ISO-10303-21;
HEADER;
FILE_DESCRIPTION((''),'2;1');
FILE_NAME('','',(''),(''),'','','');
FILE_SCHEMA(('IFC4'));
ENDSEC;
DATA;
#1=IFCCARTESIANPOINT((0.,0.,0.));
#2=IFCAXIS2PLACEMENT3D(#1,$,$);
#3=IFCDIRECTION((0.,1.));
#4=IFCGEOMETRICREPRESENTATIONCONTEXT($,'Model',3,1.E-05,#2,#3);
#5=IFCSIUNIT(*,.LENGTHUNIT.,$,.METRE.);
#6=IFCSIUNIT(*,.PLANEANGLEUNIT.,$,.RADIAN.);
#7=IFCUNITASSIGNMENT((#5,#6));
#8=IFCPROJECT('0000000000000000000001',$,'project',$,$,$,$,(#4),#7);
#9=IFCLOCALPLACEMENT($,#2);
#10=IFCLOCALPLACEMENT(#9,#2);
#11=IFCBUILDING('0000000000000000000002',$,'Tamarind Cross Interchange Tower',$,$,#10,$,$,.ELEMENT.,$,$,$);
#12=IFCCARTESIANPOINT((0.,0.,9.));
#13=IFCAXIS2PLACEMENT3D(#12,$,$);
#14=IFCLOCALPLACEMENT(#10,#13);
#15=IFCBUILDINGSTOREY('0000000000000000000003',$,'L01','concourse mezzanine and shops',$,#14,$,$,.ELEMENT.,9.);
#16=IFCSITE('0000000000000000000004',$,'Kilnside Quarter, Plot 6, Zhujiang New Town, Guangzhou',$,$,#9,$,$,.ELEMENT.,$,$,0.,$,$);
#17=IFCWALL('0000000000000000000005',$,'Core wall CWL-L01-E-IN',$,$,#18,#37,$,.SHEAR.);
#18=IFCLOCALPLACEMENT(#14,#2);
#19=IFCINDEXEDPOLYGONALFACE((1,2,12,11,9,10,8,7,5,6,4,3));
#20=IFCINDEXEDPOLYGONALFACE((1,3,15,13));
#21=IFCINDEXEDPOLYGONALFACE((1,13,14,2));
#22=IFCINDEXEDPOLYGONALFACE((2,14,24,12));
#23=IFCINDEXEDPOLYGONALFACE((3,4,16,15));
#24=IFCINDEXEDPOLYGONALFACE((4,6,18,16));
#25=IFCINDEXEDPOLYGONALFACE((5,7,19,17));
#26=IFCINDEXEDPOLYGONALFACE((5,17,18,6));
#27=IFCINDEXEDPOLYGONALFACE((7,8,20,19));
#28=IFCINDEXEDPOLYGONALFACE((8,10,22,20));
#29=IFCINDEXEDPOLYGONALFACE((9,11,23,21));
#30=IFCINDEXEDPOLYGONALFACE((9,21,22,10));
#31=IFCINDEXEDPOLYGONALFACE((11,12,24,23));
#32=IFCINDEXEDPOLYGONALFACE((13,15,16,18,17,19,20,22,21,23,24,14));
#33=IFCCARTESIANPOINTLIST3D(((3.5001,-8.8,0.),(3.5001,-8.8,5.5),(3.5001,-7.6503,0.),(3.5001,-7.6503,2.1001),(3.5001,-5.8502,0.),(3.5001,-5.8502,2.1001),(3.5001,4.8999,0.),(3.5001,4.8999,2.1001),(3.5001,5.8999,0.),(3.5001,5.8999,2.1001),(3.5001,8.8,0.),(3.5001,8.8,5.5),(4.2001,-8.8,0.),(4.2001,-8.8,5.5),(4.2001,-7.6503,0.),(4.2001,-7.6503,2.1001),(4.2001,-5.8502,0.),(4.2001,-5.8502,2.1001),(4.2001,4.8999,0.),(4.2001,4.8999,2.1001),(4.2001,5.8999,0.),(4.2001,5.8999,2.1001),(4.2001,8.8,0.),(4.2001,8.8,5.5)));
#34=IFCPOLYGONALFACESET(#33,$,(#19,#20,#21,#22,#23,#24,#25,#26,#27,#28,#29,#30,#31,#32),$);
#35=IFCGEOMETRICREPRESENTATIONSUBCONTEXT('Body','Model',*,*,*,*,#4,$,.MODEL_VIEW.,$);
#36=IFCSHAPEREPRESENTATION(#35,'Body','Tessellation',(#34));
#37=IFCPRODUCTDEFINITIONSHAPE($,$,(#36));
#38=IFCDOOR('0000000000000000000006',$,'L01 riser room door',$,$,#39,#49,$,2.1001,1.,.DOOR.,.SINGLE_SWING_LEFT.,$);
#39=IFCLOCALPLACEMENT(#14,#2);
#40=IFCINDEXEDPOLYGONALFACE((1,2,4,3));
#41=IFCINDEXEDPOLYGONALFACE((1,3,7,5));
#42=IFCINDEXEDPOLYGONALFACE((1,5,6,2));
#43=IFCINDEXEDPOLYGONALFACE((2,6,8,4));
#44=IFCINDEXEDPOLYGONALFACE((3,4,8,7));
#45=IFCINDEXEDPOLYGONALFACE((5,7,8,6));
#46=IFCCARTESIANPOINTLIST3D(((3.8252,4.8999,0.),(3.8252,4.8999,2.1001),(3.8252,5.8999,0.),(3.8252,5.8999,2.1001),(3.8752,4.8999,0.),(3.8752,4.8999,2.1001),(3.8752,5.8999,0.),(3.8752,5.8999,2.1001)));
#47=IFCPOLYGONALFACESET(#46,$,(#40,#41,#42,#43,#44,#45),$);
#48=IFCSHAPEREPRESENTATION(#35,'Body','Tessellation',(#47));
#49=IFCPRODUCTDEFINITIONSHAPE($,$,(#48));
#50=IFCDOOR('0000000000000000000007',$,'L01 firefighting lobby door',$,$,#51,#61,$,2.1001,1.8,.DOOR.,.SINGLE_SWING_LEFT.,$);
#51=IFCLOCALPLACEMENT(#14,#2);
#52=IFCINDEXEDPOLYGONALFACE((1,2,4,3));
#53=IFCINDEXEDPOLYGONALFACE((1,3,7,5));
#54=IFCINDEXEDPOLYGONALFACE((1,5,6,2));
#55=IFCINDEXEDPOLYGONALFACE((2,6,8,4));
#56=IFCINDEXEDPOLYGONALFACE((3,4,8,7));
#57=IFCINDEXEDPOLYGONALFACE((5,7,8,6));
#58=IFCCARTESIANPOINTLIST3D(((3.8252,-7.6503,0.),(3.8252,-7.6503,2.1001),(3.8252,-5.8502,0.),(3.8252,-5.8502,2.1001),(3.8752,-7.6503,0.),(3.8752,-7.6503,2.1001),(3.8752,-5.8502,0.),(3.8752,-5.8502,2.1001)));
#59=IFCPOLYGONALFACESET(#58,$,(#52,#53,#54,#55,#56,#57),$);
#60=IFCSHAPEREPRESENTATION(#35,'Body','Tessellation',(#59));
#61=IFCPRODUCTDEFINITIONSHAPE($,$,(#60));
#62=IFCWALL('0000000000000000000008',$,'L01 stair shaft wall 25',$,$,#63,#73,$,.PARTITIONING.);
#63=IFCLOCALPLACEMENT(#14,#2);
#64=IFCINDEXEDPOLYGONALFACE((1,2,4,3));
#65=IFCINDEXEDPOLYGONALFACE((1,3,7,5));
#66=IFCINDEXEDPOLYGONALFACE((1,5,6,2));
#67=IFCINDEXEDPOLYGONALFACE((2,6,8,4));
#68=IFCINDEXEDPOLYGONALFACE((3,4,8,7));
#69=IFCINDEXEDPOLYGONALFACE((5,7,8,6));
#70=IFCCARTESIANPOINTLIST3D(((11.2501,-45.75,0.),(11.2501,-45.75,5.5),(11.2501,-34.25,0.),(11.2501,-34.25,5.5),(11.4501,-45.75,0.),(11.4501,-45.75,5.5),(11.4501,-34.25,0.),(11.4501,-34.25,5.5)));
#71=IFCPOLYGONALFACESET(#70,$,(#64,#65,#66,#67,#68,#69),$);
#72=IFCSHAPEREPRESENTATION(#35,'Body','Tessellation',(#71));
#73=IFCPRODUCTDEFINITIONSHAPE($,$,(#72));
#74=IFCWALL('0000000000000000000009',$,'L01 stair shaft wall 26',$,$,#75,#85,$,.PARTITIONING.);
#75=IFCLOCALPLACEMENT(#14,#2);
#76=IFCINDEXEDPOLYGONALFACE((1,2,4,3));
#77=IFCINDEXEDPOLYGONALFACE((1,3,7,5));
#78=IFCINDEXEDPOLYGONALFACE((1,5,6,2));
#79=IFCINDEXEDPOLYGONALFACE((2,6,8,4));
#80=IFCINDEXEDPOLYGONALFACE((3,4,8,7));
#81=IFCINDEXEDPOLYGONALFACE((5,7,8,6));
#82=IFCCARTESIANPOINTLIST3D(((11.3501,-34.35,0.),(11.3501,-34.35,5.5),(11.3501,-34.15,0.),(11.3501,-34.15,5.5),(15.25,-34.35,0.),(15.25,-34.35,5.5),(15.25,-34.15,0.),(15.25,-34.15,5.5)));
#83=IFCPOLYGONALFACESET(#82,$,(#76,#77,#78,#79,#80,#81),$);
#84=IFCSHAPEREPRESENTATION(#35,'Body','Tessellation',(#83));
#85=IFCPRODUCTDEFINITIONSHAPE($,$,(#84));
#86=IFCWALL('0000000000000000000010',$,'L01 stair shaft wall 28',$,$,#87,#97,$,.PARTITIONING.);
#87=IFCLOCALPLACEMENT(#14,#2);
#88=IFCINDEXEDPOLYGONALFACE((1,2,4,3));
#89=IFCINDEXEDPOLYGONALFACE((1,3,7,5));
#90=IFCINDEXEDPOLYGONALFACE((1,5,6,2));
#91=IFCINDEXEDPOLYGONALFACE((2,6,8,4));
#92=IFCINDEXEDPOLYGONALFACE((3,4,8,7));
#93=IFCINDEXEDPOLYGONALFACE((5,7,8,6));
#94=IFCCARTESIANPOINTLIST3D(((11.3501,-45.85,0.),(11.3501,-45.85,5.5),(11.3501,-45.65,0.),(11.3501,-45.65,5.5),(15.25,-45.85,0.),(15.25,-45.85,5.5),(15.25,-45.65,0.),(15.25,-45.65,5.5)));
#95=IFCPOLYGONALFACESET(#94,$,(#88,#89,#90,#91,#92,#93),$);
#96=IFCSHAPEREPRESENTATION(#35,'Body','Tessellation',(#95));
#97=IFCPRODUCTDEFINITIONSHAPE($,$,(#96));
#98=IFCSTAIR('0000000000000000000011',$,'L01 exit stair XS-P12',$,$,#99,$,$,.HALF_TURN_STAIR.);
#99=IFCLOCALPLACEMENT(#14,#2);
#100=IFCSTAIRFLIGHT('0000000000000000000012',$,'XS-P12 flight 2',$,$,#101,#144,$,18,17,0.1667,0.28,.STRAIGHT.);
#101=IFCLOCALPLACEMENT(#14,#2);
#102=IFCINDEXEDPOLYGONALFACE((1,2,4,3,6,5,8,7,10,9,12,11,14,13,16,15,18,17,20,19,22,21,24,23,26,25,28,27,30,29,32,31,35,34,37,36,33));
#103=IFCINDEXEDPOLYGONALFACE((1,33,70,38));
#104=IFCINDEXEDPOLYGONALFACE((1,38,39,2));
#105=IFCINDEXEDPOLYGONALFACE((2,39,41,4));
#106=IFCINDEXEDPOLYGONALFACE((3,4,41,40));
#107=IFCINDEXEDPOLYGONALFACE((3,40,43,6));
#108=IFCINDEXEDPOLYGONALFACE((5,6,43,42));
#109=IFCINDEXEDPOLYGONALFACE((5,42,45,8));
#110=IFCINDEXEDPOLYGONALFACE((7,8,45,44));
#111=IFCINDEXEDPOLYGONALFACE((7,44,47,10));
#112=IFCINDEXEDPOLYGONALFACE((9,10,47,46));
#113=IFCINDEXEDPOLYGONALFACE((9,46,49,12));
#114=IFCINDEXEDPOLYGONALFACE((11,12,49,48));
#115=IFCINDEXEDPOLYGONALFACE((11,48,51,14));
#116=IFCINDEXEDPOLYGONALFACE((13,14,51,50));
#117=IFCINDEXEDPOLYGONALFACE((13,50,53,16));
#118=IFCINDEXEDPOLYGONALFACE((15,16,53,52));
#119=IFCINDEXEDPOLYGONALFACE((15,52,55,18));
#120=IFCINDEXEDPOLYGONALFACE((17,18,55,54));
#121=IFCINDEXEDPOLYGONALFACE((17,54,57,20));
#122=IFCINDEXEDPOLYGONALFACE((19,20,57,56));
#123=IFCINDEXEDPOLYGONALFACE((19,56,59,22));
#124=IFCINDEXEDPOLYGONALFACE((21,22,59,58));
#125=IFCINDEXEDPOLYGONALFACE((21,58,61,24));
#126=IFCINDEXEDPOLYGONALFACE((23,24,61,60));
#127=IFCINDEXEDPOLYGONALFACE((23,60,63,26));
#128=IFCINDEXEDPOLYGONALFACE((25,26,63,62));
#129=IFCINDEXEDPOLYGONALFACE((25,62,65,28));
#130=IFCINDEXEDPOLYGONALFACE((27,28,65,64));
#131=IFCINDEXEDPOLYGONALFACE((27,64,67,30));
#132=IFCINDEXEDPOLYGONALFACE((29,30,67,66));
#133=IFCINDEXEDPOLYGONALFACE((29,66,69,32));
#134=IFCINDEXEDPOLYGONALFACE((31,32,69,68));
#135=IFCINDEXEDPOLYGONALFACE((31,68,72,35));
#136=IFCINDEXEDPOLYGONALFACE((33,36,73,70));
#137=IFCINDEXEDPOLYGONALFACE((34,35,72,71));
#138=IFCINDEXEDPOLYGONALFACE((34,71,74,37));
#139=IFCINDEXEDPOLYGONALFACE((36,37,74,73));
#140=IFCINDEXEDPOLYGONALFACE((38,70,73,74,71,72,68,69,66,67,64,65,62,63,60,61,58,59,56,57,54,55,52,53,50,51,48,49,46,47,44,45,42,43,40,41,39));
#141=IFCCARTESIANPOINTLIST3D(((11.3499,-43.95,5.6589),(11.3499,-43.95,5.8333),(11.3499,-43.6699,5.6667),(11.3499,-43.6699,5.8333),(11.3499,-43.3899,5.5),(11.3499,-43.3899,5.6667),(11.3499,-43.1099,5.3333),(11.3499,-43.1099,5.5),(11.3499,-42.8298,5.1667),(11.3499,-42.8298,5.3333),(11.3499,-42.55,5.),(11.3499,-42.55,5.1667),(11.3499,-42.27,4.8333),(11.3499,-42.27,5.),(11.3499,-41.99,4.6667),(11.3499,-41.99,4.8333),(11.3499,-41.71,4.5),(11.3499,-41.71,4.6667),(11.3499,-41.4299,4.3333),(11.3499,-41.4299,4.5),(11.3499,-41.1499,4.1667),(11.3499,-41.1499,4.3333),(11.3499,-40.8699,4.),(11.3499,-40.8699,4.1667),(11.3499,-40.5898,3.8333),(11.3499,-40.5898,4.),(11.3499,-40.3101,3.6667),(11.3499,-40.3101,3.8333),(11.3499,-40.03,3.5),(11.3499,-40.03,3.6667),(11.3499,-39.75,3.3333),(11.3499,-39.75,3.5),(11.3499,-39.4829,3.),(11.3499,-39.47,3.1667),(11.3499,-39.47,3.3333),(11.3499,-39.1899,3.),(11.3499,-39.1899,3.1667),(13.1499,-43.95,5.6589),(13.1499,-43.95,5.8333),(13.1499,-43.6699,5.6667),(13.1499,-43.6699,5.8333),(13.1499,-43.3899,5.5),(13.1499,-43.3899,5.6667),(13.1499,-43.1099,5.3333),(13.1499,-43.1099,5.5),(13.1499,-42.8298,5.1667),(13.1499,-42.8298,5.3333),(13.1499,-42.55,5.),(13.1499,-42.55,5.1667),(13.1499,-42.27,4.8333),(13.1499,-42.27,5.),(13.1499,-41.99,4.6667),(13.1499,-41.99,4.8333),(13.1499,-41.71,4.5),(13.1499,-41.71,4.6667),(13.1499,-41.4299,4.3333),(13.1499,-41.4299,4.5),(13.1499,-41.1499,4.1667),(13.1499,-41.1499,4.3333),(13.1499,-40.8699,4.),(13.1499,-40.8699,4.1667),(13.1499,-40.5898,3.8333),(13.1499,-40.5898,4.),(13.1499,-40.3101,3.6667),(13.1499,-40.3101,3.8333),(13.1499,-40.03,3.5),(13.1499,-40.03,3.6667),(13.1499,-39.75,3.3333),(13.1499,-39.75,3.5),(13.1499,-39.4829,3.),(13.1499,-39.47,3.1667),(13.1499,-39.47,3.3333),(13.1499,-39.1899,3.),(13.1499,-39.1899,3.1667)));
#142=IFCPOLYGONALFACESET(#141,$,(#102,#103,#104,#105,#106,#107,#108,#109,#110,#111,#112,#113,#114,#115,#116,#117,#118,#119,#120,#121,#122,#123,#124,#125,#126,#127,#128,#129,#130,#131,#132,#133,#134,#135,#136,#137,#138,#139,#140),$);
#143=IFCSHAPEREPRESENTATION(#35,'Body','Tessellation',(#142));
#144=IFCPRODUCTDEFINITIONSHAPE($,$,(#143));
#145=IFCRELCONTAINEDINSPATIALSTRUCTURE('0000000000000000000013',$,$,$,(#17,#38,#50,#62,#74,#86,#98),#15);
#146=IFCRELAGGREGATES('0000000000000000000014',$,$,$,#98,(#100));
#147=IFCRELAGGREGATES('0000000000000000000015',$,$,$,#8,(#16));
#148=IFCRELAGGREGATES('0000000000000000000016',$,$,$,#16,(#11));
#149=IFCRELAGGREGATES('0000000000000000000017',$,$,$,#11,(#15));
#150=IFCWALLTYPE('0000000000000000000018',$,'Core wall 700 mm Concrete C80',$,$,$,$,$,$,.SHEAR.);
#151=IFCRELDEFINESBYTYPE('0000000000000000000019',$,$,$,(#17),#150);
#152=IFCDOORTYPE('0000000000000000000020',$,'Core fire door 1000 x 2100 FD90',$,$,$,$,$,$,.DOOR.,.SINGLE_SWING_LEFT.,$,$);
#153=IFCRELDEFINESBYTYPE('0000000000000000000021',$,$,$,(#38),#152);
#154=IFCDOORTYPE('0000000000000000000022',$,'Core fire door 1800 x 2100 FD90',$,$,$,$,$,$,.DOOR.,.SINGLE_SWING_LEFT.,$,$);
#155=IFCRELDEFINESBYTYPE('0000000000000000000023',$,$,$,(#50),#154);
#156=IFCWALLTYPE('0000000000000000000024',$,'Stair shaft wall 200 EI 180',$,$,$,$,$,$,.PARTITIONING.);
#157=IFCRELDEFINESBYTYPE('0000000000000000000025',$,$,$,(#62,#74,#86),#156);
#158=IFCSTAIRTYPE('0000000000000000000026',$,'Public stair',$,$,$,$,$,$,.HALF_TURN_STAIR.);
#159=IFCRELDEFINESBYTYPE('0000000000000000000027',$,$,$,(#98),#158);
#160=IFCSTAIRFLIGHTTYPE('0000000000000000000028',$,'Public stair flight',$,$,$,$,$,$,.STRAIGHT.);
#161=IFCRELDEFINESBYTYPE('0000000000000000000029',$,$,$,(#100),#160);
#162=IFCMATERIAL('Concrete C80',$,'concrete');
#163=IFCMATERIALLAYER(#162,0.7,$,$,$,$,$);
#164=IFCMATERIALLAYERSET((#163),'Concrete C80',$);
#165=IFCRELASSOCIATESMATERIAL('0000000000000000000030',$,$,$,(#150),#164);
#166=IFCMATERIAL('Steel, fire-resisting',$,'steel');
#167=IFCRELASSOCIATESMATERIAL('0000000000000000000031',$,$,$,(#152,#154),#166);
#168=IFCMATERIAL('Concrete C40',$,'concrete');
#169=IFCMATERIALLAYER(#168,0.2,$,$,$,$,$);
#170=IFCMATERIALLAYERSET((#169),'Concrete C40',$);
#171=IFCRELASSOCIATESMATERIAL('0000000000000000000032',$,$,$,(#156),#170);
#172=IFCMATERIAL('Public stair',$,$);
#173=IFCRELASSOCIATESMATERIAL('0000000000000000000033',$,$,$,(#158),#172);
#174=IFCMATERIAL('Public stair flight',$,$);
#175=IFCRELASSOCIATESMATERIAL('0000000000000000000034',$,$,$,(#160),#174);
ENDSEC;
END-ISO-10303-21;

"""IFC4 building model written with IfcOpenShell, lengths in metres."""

from ifc_helpers import new_model, si_unit, direction, frame, frame_2d, origin, place, context, subcontext, project, spatial, polyline, rectangle, outline, extrude, material, layer, layer_set, type_object, element, fill, aggregate, save


model = new_model("IFC4")

# Units and contexts
model_context = context("Model", 3, precision=1e-05, world=origin(), true_north=direction((0.0, 1.0)))
body_context = subcontext(model_context, "Body", "Model", "MODEL_VIEW")
ifc_project = project(units=[si_unit("LENGTHUNIT", "METRE"), si_unit("PLANEANGLEUNIT", "RADIAN")], contexts=[model_context])

# Site, building, storey
site_placement = place(None, origin())
site = spatial("IfcSite", under=ifc_project, at=site_placement, Name="Kilnside Quarter, Plot 6, Zhujiang New Town, Guangzhou", CompositionType="ELEMENT", RefElevation=0.0)
building_placement = place(site_placement, origin())
building = spatial("IfcBuilding", under=site, at=building_placement, Name="Tamarind Cross Interchange Tower", CompositionType="ELEMENT")
storey_placement = place(building_placement, frame((0.0, 0.0, 9.0)))
storey = spatial("IfcBuildingStorey", under=building, at=storey_placement, Name="L01", Description="concourse mezzanine and shops", CompositionType="ELEMENT", Elevation=9.0)

# Shared definitions
ifc_material_1 = material(Name="Concrete C80", Category="concrete")

# Wall, openings, doors
ifc_layer_1 = layer(ifc_material_1, 0.7)
ifc_layer_set_1 = layer_set([ifc_layer_1], Name="Concrete C80")
wall_type_1 = type_object("IfcWallType", Name="Core wall 700 mm Concrete C80", PredefinedType="SHEAR", material=ifc_layer_set_1)
wall_1_placement = place(storey_placement, frame((3.8501, -8.8, 0.0), z_axis=(0.0, 0.0, 1.0), x_axis=(0.0, 1.0, 0.0)))
wall_1 = element("IfcWall", 1, at=wall_1_placement, inside=storey, type_object=wall_type_1, Name="Core wall CWL-L01-E-IN", PredefinedType="SHEAR", context=body_context, shape_type="SweptSolid", body=[
    extrude(rectangle(XDim=17.6001, YDim=0.7, at=frame_2d((8.8, 0.0))), origin(), (0.0, 0.0, 1.0), 5.5),
])
opening_1_placement = place(wall_1_placement, frame((1.1499, 0.0, 0.0)))
opening_1 = element("IfcOpeningElement", 2, at=opening_1_placement, cuts=wall_1, PredefinedType="OPENING", context=body_context, shape_type="SweptSolid", body=[
    extrude(rectangle(XDim=1.8, YDim=2.1001, at=frame_2d((0.8999, 1.05))), frame((0.0, 0.3599, 0.0), z_axis=(0.0, -1.0, 0.0), x_axis=(1.0, 0.0, 0.0)), (0.0, 0.0, 1.0), 0.72),
])
opening_2_placement = place(wall_1_placement, frame((13.7, 0.0, 0.0)))
opening_2 = element("IfcOpeningElement", 3, at=opening_2_placement, cuts=wall_1, PredefinedType="OPENING", context=body_context, shape_type="SweptSolid", body=[
    extrude(rectangle(XDim=1.0, YDim=2.1001, at=frame_2d((0.5, 1.05))), frame((0.0, 0.3599, 0.0), z_axis=(0.0, -1.0, 0.0), x_axis=(1.0, 0.0, 0.0)), (0.0, 0.0, 1.0), 0.72),
])
ifc_material_2 = material(Name="Steel, fire-resisting", Category="steel")
door_type_1 = type_object("IfcDoorType", Name="Core fire door 1000 x 2100 FD90", OperationType="SINGLE_SWING_LEFT", PredefinedType="DOOR", material=ifc_material_2)
door_1_placement = place(opening_2_placement, origin())
door_1 = element("IfcDoor", 4, at=door_1_placement, inside=storey, type_object=door_type_1, Name="L01 riser room door", OperationType="SINGLE_SWING_LEFT", OverallHeight=2.1001, OverallWidth=1.0, PredefinedType="DOOR", context=body_context, shape_type="SweptSolid", body=[
    extrude(rectangle(XDim=1.0, YDim=2.1001, at=frame_2d((0.5, 1.05))), frame((0.0, 0.0249, 0.0), z_axis=(0.0, -1.0, 0.0), x_axis=(1.0, 0.0, 0.0)), (0.0, 0.0, 1.0), 0.05),
])
fill(opening_2, door_1)
door_type_2 = type_object("IfcDoorType", Name="Core fire door 1800 x 2100 FD90", OperationType="SINGLE_SWING_LEFT", PredefinedType="DOOR", material=ifc_material_2)
door_2_placement = place(opening_1_placement, origin())
door_2 = element("IfcDoor", 5, at=door_2_placement, inside=storey, type_object=door_type_2, Name="L01 firefighting lobby door", OperationType="SINGLE_SWING_LEFT", OverallHeight=2.1001, OverallWidth=1.8, PredefinedType="DOOR", context=body_context, shape_type="SweptSolid", body=[
    extrude(rectangle(XDim=1.8, YDim=2.1001, at=frame_2d((0.8999, 1.05))), frame((0.0, 0.0249, 0.0), z_axis=(0.0, -1.0, 0.0), x_axis=(1.0, 0.0, 0.0)), (0.0, 0.0, 1.0), 0.05),
])
fill(opening_1, door_2)

# Walls
ifc_material_3 = material(Name="Concrete C40", Category="concrete")
ifc_layer_2 = layer(ifc_material_3, 0.2)
ifc_layer_set_2 = layer_set([ifc_layer_2], Name="Concrete C40")
wall_type_2 = type_object("IfcWallType", Name="Stair shaft wall 200 EI 180", PredefinedType="PARTITIONING", material=ifc_layer_set_2)
wall_2_placement = place(storey_placement, frame((11.3501, -45.75, 0.0), z_axis=(0.0, 0.0, 1.0), x_axis=(0.0, 1.0, 0.0)))
element("IfcWall", 6, at=wall_2_placement, inside=storey, type_object=wall_type_2, Name="L01 stair shaft wall 25", PredefinedType="PARTITIONING", context=body_context, shape_type="SweptSolid", body=[
    extrude(rectangle(XDim=11.5, YDim=0.2, at=frame_2d((5.75, 0.0))), origin(), (0.0, 0.0, 1.0), 5.5),
])
for number, where, z_axis, x_axis, name in (
    (7, (11.3501, -34.25, 0.0), (0.0, 0.0, 1.0), (1.0, 0.0, 0.0), "L01 stair shaft wall 26"),
    (8, (11.3501, -45.75, 0.0), (0.0, 0.0, 1.0), (1.0, 0.0, 0.0), "L01 stair shaft wall 28"),
):
    element("IfcWall", number, at=place(storey_placement, frame(where, z_axis=z_axis, x_axis=x_axis)), inside=storey, type_object=wall_type_2, Name=name, PredefinedType="PARTITIONING", context=body_context, shape_type="SweptSolid", body=[
        extrude(rectangle(XDim=3.8999, YDim=0.2, at=frame_2d((1.95, 0.0))), origin(), (0.0, 0.0, 1.0), 5.5),
    ])

# Stair, stair flight
ifc_material_4 = material(Name="Public stair")
stair_type = type_object("IfcStairType", Name="Public stair", PredefinedType="HALF_TURN_STAIR", material=ifc_material_4)
stair_placement = place(storey_placement, origin())
stair = element("IfcStair", 9, at=stair_placement, inside=storey, type_object=stair_type, Name="L01 exit stair XS-P12", PredefinedType="HALF_TURN_STAIR")
ifc_material_5 = material(Name="Public stair flight")
stair_flight_type = type_object("IfcStairFlightType", Name="Public stair flight", PredefinedType="STRAIGHT", material=ifc_material_5)
stair_flight_placement = place(storey_placement, frame((12.25, -39.1899, 3.0), z_axis=(0.0, 0.0, 1.0), x_axis=(0.0, -1.0, 0.0)))
stair_flight = element("IfcStairFlight", 10, at=stair_flight_placement, type_object=stair_flight_type, Name="XS-P12 flight 2", NumberOfRisers=18, NumberOfTreads=17, PredefinedType="STRAIGHT", RiserHeight=0.1667, TreadLength=0.28, context=body_context, shape_type="SweptSolid", body=[
    extrude(outline(polyline([(0.0, 0.0), (0.0, 0.1667), (0.28, 0.1667), (0.28, 0.3333), (0.5601, 0.3333), (0.5601, 0.5), (0.8401, 0.5), (0.8401, 0.6667), (1.1201, 0.6667), (1.1201, 0.8333), (1.3999, 0.8333), (1.3999, 1.0), (1.6799, 1.0), (1.6799, 1.1667), (1.96, 1.1667), (1.96, 1.3333), (2.24, 1.3333), (2.24, 1.5), (2.52, 1.5), (2.52, 1.6667), (2.8, 1.6667), (2.8, 1.8333), (3.0801, 1.8333), (3.0801, 2.0), (3.3601, 2.0), (3.3601, 2.1667), (3.6399, 2.1667), (3.6399, 2.3333), (3.9199, 2.3333), (3.9199, 2.5), (4.2, 2.5), (4.2, 2.6667), (4.48, 2.6667), (4.48, 2.8333), (4.76, 2.8333), (4.76, 3.0), (4.76, 2.6589), (0.293, 0.0), (0.0, 0.0)])), frame((0.0, 0.8999, 0.0), z_axis=(0.0, -1.0, 0.0), x_axis=(1.0, 0.0, 0.0)), (0.0, 0.0, 1.0), 1.8),
])
aggregate(stair, [stair_flight])

save(model, "model.ifc")
